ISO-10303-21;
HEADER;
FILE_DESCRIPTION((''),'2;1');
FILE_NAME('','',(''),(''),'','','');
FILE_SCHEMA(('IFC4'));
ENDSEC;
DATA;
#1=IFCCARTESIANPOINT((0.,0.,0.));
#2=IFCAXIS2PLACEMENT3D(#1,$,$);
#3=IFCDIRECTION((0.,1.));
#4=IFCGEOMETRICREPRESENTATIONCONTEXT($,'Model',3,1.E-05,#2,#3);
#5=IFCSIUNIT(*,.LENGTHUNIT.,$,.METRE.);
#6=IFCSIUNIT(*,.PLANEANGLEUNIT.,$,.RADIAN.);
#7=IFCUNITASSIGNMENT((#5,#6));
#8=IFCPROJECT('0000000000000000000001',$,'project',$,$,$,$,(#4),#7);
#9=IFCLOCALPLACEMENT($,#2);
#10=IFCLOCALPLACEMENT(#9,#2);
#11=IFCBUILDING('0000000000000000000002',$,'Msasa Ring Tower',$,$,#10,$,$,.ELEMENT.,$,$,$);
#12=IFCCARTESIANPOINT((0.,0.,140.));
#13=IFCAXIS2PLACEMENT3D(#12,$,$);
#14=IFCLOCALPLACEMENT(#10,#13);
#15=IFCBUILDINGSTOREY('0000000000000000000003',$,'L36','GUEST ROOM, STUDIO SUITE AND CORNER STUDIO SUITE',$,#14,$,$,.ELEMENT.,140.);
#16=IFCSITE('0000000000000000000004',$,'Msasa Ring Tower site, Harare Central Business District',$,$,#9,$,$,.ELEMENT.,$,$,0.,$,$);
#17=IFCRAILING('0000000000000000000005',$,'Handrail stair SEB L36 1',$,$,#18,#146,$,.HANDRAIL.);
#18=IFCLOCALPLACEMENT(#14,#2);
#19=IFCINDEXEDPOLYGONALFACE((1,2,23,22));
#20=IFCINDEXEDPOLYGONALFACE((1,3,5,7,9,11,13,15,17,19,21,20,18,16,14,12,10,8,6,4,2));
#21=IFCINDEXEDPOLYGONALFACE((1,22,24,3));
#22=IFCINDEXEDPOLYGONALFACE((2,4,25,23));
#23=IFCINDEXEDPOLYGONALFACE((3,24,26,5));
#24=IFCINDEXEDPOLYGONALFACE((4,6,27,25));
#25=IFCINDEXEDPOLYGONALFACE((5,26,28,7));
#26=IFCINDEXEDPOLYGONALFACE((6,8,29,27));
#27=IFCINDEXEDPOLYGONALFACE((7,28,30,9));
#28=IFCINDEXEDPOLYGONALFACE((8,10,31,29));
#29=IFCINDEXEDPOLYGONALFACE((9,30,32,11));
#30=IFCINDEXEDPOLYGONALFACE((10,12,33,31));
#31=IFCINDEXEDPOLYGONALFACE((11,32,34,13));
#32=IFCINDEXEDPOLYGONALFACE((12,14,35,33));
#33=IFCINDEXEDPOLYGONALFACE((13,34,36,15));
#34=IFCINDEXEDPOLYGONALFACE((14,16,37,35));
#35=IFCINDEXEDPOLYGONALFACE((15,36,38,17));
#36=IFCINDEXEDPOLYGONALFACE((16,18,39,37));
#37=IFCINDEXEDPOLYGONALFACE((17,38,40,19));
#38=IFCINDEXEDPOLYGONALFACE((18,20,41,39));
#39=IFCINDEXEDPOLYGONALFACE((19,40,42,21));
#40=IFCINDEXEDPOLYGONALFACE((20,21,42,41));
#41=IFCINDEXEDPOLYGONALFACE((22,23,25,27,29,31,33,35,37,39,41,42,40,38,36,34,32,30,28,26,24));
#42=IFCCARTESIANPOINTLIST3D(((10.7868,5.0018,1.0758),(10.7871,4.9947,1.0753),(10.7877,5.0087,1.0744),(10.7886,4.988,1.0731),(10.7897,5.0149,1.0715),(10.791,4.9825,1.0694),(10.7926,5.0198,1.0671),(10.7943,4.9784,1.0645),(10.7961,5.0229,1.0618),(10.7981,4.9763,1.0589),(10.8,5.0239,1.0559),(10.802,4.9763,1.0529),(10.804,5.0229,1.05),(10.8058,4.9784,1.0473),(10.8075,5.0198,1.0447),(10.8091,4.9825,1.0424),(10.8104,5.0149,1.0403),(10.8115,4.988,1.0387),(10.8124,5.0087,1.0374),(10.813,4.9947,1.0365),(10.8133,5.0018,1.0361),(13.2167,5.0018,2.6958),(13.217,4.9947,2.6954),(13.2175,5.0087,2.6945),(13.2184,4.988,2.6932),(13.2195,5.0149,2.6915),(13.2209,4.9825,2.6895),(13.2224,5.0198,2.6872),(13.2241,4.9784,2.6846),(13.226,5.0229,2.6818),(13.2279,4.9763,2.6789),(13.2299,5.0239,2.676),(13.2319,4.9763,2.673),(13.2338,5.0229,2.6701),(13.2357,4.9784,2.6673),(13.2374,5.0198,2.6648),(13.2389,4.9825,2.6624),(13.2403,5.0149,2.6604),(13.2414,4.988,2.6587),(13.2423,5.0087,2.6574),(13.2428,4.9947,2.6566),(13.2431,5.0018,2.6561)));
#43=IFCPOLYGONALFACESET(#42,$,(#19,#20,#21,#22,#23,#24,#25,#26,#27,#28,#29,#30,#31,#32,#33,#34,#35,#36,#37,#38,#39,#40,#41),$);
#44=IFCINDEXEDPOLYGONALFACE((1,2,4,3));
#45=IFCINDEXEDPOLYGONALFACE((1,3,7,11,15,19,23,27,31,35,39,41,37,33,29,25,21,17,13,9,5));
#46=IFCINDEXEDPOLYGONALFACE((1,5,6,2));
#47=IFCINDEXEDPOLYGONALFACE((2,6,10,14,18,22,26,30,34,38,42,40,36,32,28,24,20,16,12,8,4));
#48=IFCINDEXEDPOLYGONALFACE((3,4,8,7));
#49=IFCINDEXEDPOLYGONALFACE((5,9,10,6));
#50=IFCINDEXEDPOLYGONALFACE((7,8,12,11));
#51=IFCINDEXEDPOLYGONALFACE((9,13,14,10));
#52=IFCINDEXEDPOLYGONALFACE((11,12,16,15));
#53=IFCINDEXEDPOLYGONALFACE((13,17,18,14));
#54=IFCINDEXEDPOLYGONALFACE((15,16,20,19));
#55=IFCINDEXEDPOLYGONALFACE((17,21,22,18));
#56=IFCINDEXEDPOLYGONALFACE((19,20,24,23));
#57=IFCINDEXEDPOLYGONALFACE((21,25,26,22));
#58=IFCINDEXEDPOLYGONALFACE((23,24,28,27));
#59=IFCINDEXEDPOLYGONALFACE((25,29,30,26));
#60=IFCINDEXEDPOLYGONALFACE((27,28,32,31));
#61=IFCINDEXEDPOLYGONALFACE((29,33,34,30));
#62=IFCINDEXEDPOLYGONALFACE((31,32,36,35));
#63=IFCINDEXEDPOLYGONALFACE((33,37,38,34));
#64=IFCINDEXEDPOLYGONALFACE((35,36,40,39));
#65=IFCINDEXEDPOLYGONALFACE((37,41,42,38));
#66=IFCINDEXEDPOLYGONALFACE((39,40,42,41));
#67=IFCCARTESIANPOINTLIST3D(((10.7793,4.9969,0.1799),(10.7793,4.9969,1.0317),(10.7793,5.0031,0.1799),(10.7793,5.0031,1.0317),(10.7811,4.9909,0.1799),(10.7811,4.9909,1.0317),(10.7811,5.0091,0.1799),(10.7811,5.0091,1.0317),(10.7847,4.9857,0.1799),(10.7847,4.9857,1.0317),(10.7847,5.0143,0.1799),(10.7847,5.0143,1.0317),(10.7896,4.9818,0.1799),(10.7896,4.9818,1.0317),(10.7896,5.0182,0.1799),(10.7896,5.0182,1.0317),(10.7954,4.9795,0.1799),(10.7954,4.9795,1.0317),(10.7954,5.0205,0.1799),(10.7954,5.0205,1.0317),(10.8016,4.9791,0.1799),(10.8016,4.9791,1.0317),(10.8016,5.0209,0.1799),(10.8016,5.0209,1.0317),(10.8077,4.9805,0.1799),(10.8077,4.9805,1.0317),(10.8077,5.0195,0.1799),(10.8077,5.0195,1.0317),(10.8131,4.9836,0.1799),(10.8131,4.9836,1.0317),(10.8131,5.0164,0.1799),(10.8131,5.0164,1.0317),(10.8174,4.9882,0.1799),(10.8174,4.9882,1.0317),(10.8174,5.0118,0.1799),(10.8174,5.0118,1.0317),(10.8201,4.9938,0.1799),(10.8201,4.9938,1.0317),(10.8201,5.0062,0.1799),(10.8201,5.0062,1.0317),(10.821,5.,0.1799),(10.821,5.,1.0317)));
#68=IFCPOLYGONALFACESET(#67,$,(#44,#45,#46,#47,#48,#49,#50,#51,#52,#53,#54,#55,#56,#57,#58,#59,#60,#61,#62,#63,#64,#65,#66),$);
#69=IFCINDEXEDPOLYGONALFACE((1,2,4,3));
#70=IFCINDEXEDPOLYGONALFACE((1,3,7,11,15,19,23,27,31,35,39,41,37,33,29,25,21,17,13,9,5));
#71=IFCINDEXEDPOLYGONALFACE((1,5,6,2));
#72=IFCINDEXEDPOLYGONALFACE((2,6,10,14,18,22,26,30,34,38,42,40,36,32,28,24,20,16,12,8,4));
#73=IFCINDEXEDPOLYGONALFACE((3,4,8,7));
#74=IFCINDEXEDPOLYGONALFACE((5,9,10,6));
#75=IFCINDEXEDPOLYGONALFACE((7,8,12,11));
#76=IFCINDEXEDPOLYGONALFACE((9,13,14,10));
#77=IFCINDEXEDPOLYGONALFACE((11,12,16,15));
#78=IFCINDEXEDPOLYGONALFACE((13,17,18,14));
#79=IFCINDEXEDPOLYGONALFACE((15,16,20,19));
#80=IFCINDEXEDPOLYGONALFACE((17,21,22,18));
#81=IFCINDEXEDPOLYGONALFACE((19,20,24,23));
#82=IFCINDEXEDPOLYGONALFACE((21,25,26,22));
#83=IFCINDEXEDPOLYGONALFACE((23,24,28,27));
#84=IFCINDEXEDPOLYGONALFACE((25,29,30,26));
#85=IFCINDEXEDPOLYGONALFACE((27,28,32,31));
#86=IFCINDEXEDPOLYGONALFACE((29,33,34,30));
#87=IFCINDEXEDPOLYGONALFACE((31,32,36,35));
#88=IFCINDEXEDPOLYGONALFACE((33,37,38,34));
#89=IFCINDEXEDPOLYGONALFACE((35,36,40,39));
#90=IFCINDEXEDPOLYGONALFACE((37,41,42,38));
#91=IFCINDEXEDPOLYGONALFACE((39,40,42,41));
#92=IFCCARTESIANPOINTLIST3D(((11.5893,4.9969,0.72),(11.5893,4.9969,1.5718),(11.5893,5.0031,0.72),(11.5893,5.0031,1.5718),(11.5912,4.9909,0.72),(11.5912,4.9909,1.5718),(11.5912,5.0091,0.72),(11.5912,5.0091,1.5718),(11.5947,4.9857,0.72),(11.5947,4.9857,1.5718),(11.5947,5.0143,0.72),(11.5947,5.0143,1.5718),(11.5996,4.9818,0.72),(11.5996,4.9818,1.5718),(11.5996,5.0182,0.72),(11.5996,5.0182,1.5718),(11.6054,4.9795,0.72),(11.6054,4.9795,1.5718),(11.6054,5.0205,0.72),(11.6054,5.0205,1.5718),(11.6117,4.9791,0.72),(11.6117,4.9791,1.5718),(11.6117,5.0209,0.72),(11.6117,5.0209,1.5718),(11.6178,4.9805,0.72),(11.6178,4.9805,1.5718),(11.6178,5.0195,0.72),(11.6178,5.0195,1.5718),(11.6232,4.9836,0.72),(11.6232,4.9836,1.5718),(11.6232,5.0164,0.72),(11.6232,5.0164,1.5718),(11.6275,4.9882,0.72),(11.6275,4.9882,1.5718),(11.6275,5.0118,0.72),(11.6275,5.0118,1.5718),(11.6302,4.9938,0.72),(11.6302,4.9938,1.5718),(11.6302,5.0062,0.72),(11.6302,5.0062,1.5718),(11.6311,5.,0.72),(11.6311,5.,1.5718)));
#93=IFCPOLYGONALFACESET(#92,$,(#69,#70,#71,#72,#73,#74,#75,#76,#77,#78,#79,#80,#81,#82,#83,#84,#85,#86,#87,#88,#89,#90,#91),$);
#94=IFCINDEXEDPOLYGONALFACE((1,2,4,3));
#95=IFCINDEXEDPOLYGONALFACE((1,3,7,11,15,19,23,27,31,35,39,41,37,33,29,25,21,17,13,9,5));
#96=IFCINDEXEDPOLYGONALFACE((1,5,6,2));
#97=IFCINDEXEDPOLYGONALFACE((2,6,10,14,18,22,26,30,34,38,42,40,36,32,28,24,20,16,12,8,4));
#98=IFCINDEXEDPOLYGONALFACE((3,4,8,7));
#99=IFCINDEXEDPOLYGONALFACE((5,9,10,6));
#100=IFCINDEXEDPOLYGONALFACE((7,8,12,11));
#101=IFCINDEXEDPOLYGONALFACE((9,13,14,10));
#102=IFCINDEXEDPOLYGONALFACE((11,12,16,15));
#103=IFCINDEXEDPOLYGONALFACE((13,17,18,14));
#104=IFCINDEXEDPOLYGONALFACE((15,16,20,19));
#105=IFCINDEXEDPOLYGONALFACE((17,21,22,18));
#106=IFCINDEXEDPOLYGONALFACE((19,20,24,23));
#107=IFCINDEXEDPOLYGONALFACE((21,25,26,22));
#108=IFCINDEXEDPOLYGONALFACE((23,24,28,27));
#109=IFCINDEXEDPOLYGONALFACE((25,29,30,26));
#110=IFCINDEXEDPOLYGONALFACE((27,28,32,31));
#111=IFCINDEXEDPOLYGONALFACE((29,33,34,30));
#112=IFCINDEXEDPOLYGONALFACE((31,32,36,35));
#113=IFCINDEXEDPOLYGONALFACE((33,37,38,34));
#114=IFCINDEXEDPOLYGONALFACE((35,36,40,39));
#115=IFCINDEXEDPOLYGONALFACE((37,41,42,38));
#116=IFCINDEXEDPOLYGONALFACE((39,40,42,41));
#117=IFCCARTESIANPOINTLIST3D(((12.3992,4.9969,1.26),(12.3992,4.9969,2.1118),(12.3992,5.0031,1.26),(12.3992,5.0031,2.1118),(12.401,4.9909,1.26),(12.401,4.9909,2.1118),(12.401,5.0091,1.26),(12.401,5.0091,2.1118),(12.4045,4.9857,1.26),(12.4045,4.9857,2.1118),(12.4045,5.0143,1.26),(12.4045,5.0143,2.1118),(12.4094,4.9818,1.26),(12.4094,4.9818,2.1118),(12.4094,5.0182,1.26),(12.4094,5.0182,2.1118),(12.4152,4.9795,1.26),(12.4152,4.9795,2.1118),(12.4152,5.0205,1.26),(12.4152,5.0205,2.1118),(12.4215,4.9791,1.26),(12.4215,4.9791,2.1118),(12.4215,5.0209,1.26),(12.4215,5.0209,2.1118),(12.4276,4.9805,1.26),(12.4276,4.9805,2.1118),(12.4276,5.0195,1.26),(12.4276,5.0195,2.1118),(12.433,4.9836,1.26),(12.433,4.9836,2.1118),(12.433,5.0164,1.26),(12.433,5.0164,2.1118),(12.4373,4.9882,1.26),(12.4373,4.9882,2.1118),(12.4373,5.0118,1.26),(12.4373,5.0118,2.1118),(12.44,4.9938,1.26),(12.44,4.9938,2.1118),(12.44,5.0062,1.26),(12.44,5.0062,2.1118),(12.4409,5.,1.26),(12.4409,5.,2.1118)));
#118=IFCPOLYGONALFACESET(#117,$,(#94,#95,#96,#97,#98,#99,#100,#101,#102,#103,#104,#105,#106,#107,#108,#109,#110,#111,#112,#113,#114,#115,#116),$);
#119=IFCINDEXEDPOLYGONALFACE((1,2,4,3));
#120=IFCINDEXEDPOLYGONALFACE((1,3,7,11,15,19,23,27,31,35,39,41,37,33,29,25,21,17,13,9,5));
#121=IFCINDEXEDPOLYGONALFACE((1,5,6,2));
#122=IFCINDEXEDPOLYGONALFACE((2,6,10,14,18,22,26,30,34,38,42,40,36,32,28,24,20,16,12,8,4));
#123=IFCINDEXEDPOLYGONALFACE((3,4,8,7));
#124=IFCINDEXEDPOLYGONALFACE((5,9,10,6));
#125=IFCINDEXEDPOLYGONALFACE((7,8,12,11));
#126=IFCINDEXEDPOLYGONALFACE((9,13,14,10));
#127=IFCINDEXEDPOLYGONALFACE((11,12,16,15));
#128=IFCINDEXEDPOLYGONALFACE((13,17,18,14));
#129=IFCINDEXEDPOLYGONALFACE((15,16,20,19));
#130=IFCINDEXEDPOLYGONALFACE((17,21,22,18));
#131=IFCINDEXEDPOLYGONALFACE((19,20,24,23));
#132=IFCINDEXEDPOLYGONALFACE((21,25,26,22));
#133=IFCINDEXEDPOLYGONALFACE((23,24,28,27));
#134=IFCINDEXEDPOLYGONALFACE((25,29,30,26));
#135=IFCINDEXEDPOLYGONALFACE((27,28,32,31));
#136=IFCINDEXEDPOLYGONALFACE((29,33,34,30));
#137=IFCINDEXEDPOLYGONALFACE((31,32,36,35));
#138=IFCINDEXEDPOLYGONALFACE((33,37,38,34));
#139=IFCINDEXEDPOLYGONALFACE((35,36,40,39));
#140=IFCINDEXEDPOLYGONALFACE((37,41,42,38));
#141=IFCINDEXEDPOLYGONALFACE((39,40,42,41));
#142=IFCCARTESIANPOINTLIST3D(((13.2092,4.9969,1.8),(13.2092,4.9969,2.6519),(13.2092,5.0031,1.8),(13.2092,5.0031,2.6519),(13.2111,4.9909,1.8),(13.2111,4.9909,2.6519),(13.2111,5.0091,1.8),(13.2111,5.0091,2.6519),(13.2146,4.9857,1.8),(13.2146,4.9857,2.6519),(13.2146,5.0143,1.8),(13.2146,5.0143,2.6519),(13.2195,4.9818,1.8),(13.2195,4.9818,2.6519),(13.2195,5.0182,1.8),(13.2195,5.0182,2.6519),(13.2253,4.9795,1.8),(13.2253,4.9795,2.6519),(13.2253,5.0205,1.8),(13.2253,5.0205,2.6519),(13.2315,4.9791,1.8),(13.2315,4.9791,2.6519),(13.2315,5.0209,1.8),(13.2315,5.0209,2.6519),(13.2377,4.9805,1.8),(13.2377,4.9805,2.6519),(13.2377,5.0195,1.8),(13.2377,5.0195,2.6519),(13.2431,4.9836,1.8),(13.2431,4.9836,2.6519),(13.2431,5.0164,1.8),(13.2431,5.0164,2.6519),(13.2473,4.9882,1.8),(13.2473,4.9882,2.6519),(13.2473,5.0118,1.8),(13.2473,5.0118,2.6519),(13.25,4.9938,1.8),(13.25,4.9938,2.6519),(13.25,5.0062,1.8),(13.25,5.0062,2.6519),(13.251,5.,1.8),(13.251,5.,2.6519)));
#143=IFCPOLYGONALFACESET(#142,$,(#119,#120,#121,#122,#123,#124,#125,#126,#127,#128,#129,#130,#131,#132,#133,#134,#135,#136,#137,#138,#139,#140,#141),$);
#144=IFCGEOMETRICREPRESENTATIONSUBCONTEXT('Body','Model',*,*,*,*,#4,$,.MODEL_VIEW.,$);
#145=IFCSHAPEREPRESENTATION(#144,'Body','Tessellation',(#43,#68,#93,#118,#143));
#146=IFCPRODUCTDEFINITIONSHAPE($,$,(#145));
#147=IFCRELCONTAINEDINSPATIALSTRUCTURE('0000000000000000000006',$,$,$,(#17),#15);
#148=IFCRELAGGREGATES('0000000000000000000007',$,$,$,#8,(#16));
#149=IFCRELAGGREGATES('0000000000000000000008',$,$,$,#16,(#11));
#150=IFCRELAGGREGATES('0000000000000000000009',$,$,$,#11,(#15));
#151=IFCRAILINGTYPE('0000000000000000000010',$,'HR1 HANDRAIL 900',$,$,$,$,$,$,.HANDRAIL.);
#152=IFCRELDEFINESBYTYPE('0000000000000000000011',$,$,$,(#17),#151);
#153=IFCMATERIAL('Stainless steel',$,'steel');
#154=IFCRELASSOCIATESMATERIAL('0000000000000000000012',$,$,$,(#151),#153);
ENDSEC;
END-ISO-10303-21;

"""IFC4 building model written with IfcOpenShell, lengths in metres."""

from ifc_helpers import new_model, si_unit, direction, frame, origin, origin_2d, place, context, subcontext, project, spatial, circle, extrude, material, type_object, element, save


model = new_model("IFC4")

# Units and contexts
model_context = context("Model", 3, precision=1e-05, world=origin(), true_north=direction((0.0, 1.0)))
body_context = subcontext(model_context, "Body", "Model", "MODEL_VIEW")
ifc_project = project(units=[si_unit("LENGTHUNIT", "METRE"), si_unit("PLANEANGLEUNIT", "RADIAN")], contexts=[model_context])

# Site, building, storey
site_placement = place(None, origin())
site = spatial("IfcSite", under=ifc_project, at=site_placement, Name="Msasa Ring Tower site, Harare Central Business District", CompositionType="ELEMENT", RefElevation=0.0)
building_placement = place(site_placement, origin())
building = spatial("IfcBuilding", under=site, at=building_placement, Name="Msasa Ring Tower", CompositionType="ELEMENT")
storey_placement = place(building_placement, frame((0.0, 0.0, 140.0)))
storey = spatial("IfcBuildingStorey", under=building, at=storey_placement, Name="L36", Description="GUEST ROOM, STUDIO SUITE AND CORNER STUDIO SUITE", CompositionType="ELEMENT", Elevation=140.0)

# Railing
ifc_material_1 = material(Name="Stainless steel", Category="steel")
railing_type = type_object("IfcRailingType", Name="HR1 HANDRAIL 900", PredefinedType="HANDRAIL", material=ifc_material_1)
for number, where, name in (
    (1, (10.8, 5.0, 0.1799), "Handrail stair SEB L36 1"),
):
    element("IfcRailing", number, at=place(storey_placement, frame(where)), inside=storey, type_object=railing_type, Name=name, PredefinedType="HANDRAIL", context=body_context, shape_type="SweptSolid", body=[
        extrude(circle(Radius=0.0239, at=origin_2d()), frame((0.0, 0.0, 0.876), z_axis=(0.832025, 0.0, 0.554739), x_axis=(0.0, 1.0, 0.0)), (0.0, 0.0, 1.0), 2.9204),
        extrude(circle(Radius=0.021, at=origin_2d()), origin(), (0.0, 0.0, 1.0), 0.8518),
        extrude(circle(Radius=0.021, at=origin_2d()), frame((0.8101, 0.0, 0.54)), (0.0, 0.0, 1.0), 0.8518),
        extrude(circle(Radius=0.021, at=origin_2d()), frame((1.6199, 0.0, 1.0801)), (0.0, 0.0, 1.0), 0.8518),
        extrude(circle(Radius=0.021, at=origin_2d()), frame((2.4299, 0.0, 1.6201)), (0.0, 0.0, 1.0), 0.8518),
    ])

save(model, "model.ifc")
